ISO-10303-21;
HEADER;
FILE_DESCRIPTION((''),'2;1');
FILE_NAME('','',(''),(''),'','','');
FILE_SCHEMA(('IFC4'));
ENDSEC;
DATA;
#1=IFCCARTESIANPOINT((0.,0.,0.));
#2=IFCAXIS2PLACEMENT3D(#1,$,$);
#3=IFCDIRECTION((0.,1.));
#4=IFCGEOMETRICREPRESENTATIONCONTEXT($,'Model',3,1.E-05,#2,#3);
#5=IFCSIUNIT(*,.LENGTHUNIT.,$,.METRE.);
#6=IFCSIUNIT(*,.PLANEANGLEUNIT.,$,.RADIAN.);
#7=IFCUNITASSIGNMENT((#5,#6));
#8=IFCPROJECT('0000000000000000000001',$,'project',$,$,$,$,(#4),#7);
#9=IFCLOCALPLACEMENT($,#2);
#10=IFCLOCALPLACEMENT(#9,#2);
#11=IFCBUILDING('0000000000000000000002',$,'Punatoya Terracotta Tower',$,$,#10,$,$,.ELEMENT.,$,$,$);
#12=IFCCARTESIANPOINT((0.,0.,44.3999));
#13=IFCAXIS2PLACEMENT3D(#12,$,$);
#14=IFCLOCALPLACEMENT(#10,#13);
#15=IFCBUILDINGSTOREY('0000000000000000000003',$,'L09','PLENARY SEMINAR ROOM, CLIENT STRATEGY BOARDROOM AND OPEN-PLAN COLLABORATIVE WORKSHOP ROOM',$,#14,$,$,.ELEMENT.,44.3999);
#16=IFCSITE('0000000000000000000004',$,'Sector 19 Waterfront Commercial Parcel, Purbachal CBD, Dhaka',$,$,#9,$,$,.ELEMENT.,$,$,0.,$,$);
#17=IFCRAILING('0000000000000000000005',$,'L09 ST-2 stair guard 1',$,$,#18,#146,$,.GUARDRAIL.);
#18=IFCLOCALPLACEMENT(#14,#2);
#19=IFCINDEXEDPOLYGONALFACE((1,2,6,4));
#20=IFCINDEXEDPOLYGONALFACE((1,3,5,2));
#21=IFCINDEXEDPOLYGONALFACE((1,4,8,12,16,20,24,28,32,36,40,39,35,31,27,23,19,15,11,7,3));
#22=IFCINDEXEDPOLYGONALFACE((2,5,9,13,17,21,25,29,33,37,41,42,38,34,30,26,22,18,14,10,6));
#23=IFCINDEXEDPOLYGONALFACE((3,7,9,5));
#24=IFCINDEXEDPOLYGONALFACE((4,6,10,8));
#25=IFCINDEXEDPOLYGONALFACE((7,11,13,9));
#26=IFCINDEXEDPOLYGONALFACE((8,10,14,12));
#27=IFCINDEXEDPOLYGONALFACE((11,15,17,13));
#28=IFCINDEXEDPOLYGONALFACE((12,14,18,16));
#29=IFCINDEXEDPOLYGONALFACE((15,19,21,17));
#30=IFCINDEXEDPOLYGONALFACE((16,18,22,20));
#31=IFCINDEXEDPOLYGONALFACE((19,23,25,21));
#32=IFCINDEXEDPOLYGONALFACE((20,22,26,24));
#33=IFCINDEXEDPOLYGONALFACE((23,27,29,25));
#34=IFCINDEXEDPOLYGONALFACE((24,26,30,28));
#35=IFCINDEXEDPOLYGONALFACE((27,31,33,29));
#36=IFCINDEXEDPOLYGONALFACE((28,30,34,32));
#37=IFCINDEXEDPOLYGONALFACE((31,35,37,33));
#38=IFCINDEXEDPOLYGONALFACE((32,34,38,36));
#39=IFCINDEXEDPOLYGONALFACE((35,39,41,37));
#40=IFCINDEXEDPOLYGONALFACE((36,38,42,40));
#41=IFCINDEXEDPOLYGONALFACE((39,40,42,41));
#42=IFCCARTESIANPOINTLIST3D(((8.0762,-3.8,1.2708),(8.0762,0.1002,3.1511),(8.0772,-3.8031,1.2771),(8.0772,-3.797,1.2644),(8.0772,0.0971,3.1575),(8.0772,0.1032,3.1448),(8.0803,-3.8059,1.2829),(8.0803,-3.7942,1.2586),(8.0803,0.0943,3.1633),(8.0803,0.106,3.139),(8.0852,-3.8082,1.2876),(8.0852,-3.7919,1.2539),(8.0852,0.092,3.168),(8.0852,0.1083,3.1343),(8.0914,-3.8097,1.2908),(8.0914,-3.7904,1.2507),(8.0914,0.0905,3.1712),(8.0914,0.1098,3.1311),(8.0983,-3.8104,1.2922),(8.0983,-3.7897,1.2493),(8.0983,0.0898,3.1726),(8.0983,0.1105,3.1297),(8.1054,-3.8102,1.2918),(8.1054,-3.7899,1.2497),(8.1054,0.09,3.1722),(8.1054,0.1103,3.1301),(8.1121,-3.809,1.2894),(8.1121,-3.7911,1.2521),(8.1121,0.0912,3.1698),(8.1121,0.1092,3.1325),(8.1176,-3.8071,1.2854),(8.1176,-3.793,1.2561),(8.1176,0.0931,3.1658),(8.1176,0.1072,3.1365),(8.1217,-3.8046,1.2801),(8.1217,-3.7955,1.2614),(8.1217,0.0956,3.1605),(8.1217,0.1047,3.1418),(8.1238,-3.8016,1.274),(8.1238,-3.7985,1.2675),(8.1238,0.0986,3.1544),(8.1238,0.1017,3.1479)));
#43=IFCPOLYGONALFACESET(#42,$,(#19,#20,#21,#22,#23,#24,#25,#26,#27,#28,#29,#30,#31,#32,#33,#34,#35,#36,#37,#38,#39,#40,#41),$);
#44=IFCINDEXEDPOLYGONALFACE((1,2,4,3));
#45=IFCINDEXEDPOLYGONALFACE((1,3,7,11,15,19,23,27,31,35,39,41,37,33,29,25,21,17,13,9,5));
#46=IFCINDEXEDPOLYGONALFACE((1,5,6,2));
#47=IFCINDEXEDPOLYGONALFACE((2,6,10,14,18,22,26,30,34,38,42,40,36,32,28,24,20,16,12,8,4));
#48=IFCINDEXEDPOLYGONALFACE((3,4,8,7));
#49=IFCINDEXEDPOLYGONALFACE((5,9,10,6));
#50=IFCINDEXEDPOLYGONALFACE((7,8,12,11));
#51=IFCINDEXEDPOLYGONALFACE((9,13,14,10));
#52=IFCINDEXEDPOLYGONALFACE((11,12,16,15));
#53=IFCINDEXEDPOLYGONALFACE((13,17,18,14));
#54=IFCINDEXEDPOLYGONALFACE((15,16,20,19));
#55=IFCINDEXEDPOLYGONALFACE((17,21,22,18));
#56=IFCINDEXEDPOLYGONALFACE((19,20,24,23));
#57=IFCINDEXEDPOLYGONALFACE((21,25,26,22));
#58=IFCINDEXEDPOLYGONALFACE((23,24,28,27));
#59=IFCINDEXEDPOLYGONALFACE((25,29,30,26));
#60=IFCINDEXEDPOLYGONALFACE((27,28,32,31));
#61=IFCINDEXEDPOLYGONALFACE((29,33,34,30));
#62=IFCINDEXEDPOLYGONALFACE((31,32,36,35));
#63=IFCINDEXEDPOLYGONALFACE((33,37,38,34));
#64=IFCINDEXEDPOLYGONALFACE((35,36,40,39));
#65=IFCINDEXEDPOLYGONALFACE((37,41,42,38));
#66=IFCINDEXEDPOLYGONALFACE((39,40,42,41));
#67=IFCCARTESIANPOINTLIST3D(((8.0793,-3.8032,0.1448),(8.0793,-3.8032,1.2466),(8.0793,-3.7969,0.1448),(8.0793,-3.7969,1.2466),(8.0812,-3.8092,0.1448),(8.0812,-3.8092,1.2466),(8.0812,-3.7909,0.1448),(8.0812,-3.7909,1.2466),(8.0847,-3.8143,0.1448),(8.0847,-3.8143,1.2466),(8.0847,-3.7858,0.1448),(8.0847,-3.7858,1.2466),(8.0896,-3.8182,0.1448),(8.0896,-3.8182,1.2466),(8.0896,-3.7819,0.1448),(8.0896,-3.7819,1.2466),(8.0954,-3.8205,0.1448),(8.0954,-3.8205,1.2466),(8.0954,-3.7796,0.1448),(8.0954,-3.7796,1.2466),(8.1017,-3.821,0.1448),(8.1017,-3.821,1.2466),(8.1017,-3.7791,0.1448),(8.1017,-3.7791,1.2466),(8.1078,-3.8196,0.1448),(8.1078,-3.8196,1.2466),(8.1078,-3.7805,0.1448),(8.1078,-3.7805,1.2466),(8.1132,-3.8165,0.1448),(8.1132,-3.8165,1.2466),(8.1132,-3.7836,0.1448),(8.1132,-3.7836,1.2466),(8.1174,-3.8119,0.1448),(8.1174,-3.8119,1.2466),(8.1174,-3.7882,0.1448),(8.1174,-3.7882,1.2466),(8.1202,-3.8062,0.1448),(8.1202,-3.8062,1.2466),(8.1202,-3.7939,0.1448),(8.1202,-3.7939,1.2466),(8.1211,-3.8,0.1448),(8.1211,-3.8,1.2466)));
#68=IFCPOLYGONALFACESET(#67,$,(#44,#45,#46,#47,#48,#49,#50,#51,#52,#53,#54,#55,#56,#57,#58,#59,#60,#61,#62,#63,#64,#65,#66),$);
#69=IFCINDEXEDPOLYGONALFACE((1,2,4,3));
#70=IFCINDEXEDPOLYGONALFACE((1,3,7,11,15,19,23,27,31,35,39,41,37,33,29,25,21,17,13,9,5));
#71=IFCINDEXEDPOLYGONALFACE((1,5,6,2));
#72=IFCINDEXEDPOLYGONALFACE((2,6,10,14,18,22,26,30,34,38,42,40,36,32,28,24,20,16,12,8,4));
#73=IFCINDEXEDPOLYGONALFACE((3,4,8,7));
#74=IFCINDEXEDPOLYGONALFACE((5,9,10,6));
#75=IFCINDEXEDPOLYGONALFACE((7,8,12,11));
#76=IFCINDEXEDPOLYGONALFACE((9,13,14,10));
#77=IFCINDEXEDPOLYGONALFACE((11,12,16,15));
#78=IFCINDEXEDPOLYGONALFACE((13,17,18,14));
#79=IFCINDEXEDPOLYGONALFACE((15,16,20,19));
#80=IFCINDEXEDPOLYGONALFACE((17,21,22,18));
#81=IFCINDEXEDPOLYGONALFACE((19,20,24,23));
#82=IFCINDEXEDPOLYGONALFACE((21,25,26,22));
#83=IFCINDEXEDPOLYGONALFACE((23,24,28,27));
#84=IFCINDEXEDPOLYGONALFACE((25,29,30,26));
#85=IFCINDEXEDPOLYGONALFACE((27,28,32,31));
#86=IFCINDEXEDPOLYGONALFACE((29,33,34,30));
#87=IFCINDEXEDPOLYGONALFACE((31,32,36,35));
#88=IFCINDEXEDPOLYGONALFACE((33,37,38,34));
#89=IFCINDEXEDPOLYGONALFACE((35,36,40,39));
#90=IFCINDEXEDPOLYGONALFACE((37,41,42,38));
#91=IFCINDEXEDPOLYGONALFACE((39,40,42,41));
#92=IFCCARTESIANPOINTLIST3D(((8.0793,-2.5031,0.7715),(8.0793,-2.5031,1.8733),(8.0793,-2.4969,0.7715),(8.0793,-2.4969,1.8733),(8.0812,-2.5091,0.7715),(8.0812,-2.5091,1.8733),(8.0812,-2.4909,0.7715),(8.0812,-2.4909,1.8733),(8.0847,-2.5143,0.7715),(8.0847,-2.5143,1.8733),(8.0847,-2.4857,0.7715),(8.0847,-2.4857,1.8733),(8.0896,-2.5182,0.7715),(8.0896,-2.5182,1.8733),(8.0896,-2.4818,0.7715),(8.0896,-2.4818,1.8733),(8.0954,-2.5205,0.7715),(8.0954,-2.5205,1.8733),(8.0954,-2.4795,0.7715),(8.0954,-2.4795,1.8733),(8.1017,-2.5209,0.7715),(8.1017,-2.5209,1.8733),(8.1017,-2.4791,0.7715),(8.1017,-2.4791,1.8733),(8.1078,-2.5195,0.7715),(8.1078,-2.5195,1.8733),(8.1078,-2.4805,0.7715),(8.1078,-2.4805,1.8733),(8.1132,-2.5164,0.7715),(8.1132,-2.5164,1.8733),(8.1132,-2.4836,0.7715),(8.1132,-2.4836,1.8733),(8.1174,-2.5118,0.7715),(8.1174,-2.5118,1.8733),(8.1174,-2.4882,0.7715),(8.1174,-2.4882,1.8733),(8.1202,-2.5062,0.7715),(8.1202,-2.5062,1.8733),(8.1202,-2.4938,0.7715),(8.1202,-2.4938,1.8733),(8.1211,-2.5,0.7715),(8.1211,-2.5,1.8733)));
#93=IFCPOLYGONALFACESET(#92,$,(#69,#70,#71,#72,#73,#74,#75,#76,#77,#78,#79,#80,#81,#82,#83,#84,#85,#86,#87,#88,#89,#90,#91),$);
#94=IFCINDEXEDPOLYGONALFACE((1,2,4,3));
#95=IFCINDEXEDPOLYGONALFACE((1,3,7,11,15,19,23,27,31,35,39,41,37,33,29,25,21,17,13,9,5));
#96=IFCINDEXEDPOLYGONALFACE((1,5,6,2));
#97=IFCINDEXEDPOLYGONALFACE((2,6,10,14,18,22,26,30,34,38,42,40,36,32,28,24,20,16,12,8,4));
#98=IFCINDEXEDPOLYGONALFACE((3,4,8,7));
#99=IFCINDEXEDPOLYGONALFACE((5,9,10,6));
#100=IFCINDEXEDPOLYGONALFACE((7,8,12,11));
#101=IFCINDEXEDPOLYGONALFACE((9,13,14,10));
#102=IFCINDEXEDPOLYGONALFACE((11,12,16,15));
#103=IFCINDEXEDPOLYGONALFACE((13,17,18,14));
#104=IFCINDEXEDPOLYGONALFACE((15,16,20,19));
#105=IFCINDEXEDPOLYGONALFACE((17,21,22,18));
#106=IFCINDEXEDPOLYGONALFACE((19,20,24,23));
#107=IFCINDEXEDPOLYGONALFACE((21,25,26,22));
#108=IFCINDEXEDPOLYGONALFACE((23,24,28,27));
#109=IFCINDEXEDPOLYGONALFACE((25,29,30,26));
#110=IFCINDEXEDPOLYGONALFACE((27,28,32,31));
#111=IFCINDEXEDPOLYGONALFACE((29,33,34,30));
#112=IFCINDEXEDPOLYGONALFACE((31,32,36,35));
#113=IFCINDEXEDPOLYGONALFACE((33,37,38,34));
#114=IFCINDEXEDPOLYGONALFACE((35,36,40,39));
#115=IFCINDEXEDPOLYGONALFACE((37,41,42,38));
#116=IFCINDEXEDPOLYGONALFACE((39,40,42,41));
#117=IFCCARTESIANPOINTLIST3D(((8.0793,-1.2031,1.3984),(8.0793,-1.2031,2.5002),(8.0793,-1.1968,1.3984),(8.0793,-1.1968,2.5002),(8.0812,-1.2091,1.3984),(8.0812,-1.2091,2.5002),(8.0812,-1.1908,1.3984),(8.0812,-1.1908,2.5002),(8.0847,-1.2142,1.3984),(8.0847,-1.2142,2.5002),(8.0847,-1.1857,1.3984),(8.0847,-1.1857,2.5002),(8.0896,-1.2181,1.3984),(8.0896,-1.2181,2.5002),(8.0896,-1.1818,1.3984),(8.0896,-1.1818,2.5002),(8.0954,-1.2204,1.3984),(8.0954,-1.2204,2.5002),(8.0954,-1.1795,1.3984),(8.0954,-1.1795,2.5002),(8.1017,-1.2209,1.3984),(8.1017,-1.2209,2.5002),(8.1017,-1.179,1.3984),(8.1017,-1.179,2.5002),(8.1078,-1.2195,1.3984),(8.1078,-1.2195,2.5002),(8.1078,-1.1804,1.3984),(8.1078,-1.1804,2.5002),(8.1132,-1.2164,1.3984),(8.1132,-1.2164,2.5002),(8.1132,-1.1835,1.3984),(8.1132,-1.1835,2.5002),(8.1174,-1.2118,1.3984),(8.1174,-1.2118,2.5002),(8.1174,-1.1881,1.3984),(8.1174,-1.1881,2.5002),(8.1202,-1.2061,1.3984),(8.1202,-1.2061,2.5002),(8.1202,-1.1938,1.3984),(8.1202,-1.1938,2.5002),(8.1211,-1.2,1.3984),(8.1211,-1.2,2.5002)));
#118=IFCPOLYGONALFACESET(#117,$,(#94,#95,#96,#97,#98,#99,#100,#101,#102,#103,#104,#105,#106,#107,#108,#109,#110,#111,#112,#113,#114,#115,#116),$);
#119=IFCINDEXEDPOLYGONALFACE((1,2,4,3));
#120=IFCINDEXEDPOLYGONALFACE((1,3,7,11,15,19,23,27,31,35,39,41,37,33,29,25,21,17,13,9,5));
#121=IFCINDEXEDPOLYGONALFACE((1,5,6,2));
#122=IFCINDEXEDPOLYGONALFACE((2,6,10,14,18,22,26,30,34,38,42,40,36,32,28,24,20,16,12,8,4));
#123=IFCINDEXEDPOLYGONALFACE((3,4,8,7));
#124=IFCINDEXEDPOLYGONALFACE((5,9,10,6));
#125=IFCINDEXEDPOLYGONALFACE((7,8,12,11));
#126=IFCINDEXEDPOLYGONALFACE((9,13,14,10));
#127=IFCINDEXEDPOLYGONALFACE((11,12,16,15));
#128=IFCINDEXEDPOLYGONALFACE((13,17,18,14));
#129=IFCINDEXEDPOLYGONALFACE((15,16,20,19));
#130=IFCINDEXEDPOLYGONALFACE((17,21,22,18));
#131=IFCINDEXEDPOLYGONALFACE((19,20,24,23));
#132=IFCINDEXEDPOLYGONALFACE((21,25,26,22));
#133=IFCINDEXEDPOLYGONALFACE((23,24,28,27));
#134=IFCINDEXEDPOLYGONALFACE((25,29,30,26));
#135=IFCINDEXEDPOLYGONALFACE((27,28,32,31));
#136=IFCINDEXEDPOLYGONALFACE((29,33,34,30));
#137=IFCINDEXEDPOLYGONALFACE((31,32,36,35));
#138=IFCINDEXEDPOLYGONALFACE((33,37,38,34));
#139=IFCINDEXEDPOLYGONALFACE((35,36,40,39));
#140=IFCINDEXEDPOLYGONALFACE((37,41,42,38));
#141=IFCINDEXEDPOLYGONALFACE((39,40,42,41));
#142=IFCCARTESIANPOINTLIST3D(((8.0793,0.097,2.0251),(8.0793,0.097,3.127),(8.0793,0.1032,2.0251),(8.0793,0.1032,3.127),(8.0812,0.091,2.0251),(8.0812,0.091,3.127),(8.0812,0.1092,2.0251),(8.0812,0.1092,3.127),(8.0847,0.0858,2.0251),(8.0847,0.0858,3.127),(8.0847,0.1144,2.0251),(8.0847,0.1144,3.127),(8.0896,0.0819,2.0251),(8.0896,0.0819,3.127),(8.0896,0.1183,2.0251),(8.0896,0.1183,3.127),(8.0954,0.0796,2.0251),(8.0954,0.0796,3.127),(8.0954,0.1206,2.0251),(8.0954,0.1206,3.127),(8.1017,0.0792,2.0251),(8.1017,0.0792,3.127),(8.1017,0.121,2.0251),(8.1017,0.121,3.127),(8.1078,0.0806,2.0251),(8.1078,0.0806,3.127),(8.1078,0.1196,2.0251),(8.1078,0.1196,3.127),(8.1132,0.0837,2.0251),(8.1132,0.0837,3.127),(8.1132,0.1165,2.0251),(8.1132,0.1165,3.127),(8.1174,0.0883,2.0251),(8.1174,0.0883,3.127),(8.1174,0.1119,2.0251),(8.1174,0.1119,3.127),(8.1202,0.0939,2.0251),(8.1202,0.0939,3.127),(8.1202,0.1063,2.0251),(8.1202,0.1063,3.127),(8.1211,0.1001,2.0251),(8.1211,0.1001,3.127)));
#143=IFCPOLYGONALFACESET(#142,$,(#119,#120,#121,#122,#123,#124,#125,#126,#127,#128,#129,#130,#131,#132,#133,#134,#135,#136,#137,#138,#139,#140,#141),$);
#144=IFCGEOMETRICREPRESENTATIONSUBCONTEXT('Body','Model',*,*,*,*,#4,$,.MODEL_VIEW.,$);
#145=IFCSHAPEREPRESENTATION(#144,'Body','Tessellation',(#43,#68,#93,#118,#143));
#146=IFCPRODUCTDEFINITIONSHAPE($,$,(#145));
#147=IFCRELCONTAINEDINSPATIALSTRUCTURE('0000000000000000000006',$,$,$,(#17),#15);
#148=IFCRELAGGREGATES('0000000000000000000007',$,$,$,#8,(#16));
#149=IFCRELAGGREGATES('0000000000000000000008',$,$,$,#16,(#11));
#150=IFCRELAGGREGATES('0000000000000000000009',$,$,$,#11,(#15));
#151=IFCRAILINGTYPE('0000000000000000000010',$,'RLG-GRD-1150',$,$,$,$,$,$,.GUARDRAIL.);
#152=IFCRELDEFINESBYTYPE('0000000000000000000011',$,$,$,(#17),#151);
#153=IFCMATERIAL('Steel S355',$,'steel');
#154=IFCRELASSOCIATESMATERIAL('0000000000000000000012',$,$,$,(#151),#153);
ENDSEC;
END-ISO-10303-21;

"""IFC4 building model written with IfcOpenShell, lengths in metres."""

from ifc_helpers import new_model, si_unit, direction, frame, origin, origin_2d, place, context, subcontext, project, spatial, circle, extrude, material, type_object, element, save


model = new_model("IFC4")

# Units and contexts
model_context = context("Model", 3, precision=1e-05, world=origin(), true_north=direction((0.0, 1.0)))
body_context = subcontext(model_context, "Body", "Model", "MODEL_VIEW")
ifc_project = project(units=[si_unit("LENGTHUNIT", "METRE"), si_unit("PLANEANGLEUNIT", "RADIAN")], contexts=[model_context])

# Site, building, storey
site_placement = place(None, origin())
site = spatial("IfcSite", under=ifc_project, at=site_placement, Name="Sector 19 Waterfront Commercial Parcel, Purbachal CBD, Dhaka", CompositionType="ELEMENT", RefElevation=0.0)
building_placement = place(site_placement, origin())
building = spatial("IfcBuilding", under=site, at=building_placement, Name="Punatoya Terracotta Tower", CompositionType="ELEMENT")
storey_placement = place(building_placement, frame((0.0, 0.0, 44.3999)))
storey = spatial("IfcBuildingStorey", under=building, at=storey_placement, Name="L09", Description="PLENARY SEMINAR ROOM, CLIENT STRATEGY BOARDROOM AND OPEN-PLAN COLLABORATIVE WORKSHOP ROOM", CompositionType="ELEMENT", Elevation=44.3999)

# Shared definitions
ifc_material_1 = material(Name="Steel S355", Category="steel")

# Railing
railing_type_1 = type_object("IfcRailingType", Name="RLG-GRD-1150", PredefinedType="GUARDRAIL", material=ifc_material_1)
railing_1_placement = place(storey_placement, frame((8.1001, -3.8, 0.1448)))
element("IfcRailing", 1, at=railing_1_placement, inside=storey, type_object=railing_type_1, Name="L09 ST-2 stair guard 1", PredefinedType="GUARDRAIL", context=body_context, shape_type="SweptSolid", body=[
    extrude(circle(Radius=0.0239, at=origin_2d()), frame((0.0, 0.0, 1.126), z_axis=(0.0, 0.900774, 0.434289), x_axis=(-1.0, 0.0, 0.0)), (0.0, 0.0, 1.0), 4.3298),
    extrude(circle(Radius=0.021, at=origin_2d()), origin(), (0.0, 0.0, 1.0), 1.1018),
    extrude(circle(Radius=0.021, at=origin_2d()), frame((0.0, 1.3, 0.6267)), (0.0, 0.0, 1.0), 1.1018),
    extrude(circle(Radius=0.021, at=origin_2d()), frame((0.0, 2.6001, 1.2537)), (0.0, 0.0, 1.0), 1.1018),
    extrude(circle(Radius=0.021, at=origin_2d()), frame((0.0, 3.9001, 1.8804)), (0.0, 0.0, 1.0), 1.1018),
])

save(model, "model.ifc")
